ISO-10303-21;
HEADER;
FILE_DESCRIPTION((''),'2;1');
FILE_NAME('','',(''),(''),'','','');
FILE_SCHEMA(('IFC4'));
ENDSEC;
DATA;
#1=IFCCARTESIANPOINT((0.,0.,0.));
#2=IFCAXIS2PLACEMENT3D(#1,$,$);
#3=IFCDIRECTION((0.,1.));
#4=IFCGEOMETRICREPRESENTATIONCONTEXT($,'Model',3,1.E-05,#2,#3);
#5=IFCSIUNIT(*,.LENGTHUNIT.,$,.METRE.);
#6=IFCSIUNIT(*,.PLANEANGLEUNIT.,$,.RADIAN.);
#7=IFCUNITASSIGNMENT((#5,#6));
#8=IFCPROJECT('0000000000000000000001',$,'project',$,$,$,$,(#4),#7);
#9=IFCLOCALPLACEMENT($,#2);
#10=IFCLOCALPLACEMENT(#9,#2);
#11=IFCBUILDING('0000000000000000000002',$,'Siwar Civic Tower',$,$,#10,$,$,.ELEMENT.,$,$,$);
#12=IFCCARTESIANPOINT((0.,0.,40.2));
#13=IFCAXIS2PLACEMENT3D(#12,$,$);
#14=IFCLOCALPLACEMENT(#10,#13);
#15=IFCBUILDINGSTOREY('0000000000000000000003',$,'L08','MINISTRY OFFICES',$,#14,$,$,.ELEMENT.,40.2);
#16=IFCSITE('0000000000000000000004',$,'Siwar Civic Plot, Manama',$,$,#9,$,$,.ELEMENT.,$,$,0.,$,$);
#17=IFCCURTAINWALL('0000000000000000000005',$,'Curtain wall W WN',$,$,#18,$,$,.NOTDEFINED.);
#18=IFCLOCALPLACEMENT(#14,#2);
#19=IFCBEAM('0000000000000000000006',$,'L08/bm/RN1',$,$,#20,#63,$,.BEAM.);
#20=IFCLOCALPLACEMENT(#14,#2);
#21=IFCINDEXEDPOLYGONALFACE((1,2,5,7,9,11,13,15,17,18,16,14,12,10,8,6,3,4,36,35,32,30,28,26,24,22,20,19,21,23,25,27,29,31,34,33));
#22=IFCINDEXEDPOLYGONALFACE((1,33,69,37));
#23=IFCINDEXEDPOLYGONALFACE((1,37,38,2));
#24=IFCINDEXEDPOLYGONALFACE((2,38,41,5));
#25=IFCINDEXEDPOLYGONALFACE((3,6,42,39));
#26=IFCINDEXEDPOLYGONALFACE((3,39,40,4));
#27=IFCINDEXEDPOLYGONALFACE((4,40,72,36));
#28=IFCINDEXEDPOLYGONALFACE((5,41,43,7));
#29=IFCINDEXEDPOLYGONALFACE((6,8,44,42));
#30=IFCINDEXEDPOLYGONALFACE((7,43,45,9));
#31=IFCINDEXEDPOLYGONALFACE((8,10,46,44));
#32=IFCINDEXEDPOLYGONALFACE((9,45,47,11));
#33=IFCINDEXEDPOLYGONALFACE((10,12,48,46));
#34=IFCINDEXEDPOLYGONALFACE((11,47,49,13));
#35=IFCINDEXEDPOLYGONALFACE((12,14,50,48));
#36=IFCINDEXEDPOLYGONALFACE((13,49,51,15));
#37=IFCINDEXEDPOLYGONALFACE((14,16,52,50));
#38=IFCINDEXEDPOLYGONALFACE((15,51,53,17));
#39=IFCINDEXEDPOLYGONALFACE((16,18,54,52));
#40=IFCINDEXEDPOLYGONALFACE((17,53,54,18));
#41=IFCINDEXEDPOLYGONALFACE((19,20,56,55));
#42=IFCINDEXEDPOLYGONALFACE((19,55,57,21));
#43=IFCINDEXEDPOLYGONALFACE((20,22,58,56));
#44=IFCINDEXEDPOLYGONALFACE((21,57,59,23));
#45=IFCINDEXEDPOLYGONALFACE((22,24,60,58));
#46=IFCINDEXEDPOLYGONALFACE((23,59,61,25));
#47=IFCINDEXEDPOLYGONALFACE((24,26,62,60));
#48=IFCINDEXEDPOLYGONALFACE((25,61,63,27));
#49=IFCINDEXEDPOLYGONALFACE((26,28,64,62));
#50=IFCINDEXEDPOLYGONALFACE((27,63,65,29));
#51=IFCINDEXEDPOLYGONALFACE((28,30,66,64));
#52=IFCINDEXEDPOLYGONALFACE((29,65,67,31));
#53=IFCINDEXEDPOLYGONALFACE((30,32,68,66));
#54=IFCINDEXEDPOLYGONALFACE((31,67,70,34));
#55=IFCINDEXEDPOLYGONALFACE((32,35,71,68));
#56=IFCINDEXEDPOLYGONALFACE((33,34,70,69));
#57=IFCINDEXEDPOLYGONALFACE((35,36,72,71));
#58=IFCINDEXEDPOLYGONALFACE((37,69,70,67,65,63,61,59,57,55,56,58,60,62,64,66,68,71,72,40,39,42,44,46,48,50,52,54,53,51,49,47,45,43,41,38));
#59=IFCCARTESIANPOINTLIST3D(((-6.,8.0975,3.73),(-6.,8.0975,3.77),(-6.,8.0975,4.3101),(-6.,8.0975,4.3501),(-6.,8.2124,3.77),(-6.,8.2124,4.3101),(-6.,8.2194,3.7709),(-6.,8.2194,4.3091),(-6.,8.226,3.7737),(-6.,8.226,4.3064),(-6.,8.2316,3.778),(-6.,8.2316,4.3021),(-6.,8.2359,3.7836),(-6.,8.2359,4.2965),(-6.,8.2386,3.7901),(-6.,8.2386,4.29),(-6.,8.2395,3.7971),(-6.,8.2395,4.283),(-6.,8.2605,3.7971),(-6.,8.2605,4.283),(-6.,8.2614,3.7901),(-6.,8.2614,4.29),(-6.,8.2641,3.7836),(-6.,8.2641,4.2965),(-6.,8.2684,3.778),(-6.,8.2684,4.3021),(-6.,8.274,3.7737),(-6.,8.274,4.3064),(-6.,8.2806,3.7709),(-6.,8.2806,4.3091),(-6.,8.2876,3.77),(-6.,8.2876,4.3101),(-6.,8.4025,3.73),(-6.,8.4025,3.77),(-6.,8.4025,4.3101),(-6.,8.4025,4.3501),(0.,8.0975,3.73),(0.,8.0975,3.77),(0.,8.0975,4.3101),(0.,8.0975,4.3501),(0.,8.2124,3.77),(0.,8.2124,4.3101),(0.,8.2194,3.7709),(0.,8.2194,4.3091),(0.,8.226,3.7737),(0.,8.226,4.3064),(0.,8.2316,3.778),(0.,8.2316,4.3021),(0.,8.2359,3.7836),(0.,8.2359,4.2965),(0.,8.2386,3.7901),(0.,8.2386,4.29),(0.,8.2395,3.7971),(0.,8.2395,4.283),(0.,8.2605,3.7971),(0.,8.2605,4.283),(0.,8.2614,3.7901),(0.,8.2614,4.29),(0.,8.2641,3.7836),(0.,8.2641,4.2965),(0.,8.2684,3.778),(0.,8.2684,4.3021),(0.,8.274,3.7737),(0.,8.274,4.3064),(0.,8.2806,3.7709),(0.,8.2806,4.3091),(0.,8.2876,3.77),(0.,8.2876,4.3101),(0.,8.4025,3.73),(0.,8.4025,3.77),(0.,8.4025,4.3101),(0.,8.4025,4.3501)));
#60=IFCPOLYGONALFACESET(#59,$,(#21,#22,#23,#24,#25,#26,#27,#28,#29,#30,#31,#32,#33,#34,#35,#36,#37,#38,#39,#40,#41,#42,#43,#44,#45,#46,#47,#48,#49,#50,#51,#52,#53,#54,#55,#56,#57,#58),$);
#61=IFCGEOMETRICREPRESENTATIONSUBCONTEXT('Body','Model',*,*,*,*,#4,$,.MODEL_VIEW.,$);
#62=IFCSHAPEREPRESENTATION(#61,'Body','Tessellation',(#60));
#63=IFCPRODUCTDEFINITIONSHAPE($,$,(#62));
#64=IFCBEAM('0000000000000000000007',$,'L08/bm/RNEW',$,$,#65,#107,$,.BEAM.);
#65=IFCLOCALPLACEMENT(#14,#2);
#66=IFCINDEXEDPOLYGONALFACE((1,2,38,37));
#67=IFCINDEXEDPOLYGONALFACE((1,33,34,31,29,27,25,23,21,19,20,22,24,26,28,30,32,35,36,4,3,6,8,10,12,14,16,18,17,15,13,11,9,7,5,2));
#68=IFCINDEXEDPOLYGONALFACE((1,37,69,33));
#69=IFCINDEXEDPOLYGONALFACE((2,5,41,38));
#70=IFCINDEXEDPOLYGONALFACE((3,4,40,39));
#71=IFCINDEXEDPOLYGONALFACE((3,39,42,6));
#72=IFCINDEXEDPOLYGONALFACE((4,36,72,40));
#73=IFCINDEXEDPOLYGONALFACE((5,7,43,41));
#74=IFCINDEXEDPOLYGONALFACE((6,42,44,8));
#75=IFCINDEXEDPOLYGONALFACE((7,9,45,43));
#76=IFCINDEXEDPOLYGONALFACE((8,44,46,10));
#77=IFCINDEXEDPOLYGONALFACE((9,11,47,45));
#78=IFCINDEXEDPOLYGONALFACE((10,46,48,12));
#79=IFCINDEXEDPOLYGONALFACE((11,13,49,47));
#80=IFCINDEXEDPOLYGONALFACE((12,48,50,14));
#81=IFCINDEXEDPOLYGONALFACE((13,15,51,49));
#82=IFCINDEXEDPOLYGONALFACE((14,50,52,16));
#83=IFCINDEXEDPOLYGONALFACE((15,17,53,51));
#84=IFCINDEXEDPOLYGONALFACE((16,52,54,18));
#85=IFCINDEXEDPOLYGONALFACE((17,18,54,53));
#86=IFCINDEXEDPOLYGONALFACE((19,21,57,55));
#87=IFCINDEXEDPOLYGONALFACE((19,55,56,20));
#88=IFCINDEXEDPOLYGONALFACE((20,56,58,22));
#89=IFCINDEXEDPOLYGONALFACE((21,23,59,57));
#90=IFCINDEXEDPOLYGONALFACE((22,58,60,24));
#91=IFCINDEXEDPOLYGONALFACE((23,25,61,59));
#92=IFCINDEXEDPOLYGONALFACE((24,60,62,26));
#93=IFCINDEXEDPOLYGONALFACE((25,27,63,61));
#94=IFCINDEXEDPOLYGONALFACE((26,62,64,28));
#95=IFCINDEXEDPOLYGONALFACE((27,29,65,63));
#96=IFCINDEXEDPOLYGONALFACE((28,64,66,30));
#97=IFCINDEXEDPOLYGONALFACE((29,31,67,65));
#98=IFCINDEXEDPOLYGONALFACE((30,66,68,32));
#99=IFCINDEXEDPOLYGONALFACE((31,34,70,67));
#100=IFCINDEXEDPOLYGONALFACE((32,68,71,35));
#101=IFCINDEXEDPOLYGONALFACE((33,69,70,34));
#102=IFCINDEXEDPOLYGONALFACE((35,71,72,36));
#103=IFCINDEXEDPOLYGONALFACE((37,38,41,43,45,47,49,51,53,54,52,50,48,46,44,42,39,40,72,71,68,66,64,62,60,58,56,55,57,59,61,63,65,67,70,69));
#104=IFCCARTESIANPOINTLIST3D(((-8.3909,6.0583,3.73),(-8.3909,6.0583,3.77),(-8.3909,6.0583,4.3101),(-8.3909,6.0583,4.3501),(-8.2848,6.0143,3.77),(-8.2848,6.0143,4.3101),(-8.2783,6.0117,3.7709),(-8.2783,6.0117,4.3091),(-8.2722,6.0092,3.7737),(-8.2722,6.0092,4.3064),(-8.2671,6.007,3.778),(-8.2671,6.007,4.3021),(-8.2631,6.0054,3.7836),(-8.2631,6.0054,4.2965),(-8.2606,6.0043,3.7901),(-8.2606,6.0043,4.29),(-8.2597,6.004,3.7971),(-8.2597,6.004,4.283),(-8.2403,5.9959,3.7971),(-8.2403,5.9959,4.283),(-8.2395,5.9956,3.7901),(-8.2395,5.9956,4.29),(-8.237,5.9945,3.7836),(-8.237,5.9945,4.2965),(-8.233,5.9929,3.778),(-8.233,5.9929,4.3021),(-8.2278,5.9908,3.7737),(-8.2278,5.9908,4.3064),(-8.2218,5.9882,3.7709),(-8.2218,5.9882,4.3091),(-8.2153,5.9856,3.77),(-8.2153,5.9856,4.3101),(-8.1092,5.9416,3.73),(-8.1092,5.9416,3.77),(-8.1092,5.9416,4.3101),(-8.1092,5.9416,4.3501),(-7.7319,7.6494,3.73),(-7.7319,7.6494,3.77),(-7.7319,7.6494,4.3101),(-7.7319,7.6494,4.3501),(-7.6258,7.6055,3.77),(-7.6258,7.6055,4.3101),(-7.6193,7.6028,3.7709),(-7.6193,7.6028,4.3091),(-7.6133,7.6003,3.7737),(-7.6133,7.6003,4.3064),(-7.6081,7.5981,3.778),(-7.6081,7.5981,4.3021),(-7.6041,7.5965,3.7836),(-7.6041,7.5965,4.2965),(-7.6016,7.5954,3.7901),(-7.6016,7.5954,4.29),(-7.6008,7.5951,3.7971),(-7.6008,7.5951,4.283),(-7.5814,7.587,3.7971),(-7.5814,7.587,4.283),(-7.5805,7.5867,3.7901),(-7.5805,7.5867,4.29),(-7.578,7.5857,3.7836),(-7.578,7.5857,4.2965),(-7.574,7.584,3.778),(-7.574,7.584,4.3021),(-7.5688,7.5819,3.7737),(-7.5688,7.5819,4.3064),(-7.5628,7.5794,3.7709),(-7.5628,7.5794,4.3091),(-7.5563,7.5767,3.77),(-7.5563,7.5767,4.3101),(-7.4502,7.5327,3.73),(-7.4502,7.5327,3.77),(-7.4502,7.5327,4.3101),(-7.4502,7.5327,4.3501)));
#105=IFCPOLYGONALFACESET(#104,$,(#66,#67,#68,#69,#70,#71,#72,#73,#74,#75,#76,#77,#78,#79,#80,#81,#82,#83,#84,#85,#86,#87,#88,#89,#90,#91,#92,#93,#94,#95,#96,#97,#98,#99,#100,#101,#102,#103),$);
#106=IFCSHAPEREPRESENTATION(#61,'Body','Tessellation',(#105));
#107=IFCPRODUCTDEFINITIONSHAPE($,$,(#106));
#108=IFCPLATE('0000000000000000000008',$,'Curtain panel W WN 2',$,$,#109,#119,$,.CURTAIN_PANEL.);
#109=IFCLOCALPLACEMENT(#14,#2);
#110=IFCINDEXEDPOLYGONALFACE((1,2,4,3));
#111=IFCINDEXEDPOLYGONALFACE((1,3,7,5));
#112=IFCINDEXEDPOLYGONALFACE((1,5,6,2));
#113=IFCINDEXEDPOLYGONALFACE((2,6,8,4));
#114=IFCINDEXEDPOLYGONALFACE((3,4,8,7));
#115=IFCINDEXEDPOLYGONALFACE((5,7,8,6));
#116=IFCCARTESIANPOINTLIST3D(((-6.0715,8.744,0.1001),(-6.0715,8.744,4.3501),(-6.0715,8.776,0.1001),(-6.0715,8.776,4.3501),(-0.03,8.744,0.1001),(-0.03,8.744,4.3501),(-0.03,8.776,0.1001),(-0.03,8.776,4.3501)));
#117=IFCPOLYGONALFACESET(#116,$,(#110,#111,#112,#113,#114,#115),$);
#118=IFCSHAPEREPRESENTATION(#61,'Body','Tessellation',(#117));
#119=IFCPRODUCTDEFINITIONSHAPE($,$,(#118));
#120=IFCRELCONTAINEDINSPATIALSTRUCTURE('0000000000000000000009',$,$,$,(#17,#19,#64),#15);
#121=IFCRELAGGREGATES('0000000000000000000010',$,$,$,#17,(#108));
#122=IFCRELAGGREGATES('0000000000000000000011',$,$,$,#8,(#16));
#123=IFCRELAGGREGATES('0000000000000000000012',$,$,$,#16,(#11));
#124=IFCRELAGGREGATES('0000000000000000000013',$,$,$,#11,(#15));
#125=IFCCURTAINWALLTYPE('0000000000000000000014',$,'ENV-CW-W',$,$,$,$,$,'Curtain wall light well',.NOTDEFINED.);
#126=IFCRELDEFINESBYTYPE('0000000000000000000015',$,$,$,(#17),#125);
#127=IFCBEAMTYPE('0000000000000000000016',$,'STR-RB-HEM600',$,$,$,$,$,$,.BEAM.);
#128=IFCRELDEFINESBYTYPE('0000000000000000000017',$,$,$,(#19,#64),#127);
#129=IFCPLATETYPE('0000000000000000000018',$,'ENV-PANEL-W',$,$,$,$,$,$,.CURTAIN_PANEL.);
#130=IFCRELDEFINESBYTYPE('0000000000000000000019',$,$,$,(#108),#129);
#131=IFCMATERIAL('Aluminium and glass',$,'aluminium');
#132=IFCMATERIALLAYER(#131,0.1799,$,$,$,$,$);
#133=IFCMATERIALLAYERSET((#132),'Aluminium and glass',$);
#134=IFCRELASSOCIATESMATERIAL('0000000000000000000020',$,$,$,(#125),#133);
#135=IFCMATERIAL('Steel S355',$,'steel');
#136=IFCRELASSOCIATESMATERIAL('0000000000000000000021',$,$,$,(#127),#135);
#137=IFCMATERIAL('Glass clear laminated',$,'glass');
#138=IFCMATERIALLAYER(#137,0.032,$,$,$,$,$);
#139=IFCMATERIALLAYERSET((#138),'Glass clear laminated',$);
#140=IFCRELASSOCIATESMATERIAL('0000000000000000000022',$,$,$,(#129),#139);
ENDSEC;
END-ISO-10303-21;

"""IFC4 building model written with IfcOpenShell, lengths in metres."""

from ifc_helpers import new_model, si_unit, direction, frame, origin, origin_2d, place, context, subcontext, project, spatial, rectangle, i_section, extrude, material, layer, layer_set, material_profile, profile_set, type_object, element, aggregate, save


model = new_model("IFC4")

# Units and contexts
model_context = context("Model", 3, precision=1e-05, world=origin(), true_north=direction((0.0, 1.0)))
body_context = subcontext(model_context, "Body", "Model", "MODEL_VIEW")
ifc_project = project(units=[si_unit("LENGTHUNIT", "METRE"), si_unit("PLANEANGLEUNIT", "RADIAN")], contexts=[model_context])

# Site, building, storey
site_placement = place(None, origin())
site = spatial("IfcSite", under=ifc_project, at=site_placement, Name="Siwar Civic Plot, Manama", CompositionType="ELEMENT", RefElevation=0.0)
building_placement = place(site_placement, origin())
building = spatial("IfcBuilding", under=site, at=building_placement, Name="Siwar Civic Tower", CompositionType="ELEMENT")
storey_placement = place(building_placement, frame((0.0, 0.0, 40.2)))
storey = spatial("IfcBuildingStorey", under=building, at=storey_placement, Name="L08", Description="MINISTRY OFFICES", CompositionType="ELEMENT", Elevation=40.2)

# Curtain wall
ifc_material_1 = material(Name="Aluminium and glass", Category="aluminium")
ifc_layer_1 = layer(ifc_material_1, 0.1799)
ifc_layer_set_1 = layer_set([ifc_layer_1], Name="Aluminium and glass")
curtain_wall_type = type_object("IfcCurtainWallType", Name="ENV-CW-W", ElementType="Curtain wall light well", PredefinedType="NOTDEFINED", material=ifc_layer_set_1)
curtain_wall_placement = place(storey_placement, origin())
curtain_wall = element("IfcCurtainWall", 1, at=curtain_wall_placement, inside=storey, type_object=curtain_wall_type, Name="Curtain wall W WN", PredefinedType="NOTDEFINED")

# Beams
ifc_material_2 = material(Name="Steel S355", Category="steel")
ifc_material_profile_1 = material_profile(ifc_material_2, i_section(OverallWidth=0.3049, OverallDepth=0.6201, WebThickness=0.021, FlangeThickness=0.04, FilletRadius=0.0271, at=origin_2d()), Name="HEM600")
ifc_profile_set_1 = profile_set([ifc_material_profile_1], Name="Steel S355")
beam_type_1 = type_object("IfcBeamType", Name="STR-RB-HEM600", PredefinedType="BEAM", material=ifc_profile_set_1)
beam_1_placement = place(storey_placement, frame((-6.0, 8.25, 4.04), z_axis=(1.0, 0.0, 0.0), x_axis=(0.0, 1.0, 0.0)))
element("IfcBeam", 2, at=beam_1_placement, inside=storey, type_object=beam_type_1, Name="L08/bm/RN1", PredefinedType="BEAM", context=body_context, shape_type="SweptSolid", body=[
    extrude(i_section(OverallWidth=0.3049, OverallDepth=0.6201, WebThickness=0.021, FlangeThickness=0.04, FilletRadius=0.0271, at=origin_2d()), origin(), (0.0, 0.0, 1.0), 6.0),
])
beam_2_placement = place(storey_placement, frame((-7.5911, 7.5911, 4.04), z_axis=(-0.382631, -0.923901, 0.0), x_axis=(0.923901, -0.382631, 0.0)))
element("IfcBeam", 3, at=beam_2_placement, inside=storey, type_object=beam_type_1, Name="L08/bm/RNEW", PredefinedType="BEAM", context=body_context, shape_type="SweptSolid", body=[
    extrude(i_section(OverallWidth=0.3049, OverallDepth=0.6201, WebThickness=0.021, FlangeThickness=0.04, FilletRadius=0.0271, at=origin_2d()), origin(), (0.0, 0.0, 1.0), 1.7222),
])

# Plate
ifc_material_3 = material(Name="Glass clear laminated", Category="glass")
ifc_layer_2 = layer(ifc_material_3, 0.032)
ifc_layer_set_2 = layer_set([ifc_layer_2], Name="Glass clear laminated")
plate_type = type_object("IfcPlateType", Name="ENV-PANEL-W", PredefinedType="CURTAIN_PANEL", material=ifc_layer_set_2)
plate_placement = place(storey_placement, frame((-3.0508, 8.76, 0.1001), z_axis=(0.0, 0.0, 1.0), x_axis=(-1.0, 0.0, 0.0)))
plate = element("IfcPlate", 4, at=plate_placement, type_object=plate_type, Name="Curtain panel W WN 2", PredefinedType="CURTAIN_PANEL", context=body_context, shape_type="SweptSolid", body=[
    extrude(rectangle(XDim=6.0415, YDim=0.032, at=origin_2d()), origin(), (0.0, 0.0, 1.0), 4.25),
])
aggregate(curtain_wall, [plate])

save(model, "model.ifc")
